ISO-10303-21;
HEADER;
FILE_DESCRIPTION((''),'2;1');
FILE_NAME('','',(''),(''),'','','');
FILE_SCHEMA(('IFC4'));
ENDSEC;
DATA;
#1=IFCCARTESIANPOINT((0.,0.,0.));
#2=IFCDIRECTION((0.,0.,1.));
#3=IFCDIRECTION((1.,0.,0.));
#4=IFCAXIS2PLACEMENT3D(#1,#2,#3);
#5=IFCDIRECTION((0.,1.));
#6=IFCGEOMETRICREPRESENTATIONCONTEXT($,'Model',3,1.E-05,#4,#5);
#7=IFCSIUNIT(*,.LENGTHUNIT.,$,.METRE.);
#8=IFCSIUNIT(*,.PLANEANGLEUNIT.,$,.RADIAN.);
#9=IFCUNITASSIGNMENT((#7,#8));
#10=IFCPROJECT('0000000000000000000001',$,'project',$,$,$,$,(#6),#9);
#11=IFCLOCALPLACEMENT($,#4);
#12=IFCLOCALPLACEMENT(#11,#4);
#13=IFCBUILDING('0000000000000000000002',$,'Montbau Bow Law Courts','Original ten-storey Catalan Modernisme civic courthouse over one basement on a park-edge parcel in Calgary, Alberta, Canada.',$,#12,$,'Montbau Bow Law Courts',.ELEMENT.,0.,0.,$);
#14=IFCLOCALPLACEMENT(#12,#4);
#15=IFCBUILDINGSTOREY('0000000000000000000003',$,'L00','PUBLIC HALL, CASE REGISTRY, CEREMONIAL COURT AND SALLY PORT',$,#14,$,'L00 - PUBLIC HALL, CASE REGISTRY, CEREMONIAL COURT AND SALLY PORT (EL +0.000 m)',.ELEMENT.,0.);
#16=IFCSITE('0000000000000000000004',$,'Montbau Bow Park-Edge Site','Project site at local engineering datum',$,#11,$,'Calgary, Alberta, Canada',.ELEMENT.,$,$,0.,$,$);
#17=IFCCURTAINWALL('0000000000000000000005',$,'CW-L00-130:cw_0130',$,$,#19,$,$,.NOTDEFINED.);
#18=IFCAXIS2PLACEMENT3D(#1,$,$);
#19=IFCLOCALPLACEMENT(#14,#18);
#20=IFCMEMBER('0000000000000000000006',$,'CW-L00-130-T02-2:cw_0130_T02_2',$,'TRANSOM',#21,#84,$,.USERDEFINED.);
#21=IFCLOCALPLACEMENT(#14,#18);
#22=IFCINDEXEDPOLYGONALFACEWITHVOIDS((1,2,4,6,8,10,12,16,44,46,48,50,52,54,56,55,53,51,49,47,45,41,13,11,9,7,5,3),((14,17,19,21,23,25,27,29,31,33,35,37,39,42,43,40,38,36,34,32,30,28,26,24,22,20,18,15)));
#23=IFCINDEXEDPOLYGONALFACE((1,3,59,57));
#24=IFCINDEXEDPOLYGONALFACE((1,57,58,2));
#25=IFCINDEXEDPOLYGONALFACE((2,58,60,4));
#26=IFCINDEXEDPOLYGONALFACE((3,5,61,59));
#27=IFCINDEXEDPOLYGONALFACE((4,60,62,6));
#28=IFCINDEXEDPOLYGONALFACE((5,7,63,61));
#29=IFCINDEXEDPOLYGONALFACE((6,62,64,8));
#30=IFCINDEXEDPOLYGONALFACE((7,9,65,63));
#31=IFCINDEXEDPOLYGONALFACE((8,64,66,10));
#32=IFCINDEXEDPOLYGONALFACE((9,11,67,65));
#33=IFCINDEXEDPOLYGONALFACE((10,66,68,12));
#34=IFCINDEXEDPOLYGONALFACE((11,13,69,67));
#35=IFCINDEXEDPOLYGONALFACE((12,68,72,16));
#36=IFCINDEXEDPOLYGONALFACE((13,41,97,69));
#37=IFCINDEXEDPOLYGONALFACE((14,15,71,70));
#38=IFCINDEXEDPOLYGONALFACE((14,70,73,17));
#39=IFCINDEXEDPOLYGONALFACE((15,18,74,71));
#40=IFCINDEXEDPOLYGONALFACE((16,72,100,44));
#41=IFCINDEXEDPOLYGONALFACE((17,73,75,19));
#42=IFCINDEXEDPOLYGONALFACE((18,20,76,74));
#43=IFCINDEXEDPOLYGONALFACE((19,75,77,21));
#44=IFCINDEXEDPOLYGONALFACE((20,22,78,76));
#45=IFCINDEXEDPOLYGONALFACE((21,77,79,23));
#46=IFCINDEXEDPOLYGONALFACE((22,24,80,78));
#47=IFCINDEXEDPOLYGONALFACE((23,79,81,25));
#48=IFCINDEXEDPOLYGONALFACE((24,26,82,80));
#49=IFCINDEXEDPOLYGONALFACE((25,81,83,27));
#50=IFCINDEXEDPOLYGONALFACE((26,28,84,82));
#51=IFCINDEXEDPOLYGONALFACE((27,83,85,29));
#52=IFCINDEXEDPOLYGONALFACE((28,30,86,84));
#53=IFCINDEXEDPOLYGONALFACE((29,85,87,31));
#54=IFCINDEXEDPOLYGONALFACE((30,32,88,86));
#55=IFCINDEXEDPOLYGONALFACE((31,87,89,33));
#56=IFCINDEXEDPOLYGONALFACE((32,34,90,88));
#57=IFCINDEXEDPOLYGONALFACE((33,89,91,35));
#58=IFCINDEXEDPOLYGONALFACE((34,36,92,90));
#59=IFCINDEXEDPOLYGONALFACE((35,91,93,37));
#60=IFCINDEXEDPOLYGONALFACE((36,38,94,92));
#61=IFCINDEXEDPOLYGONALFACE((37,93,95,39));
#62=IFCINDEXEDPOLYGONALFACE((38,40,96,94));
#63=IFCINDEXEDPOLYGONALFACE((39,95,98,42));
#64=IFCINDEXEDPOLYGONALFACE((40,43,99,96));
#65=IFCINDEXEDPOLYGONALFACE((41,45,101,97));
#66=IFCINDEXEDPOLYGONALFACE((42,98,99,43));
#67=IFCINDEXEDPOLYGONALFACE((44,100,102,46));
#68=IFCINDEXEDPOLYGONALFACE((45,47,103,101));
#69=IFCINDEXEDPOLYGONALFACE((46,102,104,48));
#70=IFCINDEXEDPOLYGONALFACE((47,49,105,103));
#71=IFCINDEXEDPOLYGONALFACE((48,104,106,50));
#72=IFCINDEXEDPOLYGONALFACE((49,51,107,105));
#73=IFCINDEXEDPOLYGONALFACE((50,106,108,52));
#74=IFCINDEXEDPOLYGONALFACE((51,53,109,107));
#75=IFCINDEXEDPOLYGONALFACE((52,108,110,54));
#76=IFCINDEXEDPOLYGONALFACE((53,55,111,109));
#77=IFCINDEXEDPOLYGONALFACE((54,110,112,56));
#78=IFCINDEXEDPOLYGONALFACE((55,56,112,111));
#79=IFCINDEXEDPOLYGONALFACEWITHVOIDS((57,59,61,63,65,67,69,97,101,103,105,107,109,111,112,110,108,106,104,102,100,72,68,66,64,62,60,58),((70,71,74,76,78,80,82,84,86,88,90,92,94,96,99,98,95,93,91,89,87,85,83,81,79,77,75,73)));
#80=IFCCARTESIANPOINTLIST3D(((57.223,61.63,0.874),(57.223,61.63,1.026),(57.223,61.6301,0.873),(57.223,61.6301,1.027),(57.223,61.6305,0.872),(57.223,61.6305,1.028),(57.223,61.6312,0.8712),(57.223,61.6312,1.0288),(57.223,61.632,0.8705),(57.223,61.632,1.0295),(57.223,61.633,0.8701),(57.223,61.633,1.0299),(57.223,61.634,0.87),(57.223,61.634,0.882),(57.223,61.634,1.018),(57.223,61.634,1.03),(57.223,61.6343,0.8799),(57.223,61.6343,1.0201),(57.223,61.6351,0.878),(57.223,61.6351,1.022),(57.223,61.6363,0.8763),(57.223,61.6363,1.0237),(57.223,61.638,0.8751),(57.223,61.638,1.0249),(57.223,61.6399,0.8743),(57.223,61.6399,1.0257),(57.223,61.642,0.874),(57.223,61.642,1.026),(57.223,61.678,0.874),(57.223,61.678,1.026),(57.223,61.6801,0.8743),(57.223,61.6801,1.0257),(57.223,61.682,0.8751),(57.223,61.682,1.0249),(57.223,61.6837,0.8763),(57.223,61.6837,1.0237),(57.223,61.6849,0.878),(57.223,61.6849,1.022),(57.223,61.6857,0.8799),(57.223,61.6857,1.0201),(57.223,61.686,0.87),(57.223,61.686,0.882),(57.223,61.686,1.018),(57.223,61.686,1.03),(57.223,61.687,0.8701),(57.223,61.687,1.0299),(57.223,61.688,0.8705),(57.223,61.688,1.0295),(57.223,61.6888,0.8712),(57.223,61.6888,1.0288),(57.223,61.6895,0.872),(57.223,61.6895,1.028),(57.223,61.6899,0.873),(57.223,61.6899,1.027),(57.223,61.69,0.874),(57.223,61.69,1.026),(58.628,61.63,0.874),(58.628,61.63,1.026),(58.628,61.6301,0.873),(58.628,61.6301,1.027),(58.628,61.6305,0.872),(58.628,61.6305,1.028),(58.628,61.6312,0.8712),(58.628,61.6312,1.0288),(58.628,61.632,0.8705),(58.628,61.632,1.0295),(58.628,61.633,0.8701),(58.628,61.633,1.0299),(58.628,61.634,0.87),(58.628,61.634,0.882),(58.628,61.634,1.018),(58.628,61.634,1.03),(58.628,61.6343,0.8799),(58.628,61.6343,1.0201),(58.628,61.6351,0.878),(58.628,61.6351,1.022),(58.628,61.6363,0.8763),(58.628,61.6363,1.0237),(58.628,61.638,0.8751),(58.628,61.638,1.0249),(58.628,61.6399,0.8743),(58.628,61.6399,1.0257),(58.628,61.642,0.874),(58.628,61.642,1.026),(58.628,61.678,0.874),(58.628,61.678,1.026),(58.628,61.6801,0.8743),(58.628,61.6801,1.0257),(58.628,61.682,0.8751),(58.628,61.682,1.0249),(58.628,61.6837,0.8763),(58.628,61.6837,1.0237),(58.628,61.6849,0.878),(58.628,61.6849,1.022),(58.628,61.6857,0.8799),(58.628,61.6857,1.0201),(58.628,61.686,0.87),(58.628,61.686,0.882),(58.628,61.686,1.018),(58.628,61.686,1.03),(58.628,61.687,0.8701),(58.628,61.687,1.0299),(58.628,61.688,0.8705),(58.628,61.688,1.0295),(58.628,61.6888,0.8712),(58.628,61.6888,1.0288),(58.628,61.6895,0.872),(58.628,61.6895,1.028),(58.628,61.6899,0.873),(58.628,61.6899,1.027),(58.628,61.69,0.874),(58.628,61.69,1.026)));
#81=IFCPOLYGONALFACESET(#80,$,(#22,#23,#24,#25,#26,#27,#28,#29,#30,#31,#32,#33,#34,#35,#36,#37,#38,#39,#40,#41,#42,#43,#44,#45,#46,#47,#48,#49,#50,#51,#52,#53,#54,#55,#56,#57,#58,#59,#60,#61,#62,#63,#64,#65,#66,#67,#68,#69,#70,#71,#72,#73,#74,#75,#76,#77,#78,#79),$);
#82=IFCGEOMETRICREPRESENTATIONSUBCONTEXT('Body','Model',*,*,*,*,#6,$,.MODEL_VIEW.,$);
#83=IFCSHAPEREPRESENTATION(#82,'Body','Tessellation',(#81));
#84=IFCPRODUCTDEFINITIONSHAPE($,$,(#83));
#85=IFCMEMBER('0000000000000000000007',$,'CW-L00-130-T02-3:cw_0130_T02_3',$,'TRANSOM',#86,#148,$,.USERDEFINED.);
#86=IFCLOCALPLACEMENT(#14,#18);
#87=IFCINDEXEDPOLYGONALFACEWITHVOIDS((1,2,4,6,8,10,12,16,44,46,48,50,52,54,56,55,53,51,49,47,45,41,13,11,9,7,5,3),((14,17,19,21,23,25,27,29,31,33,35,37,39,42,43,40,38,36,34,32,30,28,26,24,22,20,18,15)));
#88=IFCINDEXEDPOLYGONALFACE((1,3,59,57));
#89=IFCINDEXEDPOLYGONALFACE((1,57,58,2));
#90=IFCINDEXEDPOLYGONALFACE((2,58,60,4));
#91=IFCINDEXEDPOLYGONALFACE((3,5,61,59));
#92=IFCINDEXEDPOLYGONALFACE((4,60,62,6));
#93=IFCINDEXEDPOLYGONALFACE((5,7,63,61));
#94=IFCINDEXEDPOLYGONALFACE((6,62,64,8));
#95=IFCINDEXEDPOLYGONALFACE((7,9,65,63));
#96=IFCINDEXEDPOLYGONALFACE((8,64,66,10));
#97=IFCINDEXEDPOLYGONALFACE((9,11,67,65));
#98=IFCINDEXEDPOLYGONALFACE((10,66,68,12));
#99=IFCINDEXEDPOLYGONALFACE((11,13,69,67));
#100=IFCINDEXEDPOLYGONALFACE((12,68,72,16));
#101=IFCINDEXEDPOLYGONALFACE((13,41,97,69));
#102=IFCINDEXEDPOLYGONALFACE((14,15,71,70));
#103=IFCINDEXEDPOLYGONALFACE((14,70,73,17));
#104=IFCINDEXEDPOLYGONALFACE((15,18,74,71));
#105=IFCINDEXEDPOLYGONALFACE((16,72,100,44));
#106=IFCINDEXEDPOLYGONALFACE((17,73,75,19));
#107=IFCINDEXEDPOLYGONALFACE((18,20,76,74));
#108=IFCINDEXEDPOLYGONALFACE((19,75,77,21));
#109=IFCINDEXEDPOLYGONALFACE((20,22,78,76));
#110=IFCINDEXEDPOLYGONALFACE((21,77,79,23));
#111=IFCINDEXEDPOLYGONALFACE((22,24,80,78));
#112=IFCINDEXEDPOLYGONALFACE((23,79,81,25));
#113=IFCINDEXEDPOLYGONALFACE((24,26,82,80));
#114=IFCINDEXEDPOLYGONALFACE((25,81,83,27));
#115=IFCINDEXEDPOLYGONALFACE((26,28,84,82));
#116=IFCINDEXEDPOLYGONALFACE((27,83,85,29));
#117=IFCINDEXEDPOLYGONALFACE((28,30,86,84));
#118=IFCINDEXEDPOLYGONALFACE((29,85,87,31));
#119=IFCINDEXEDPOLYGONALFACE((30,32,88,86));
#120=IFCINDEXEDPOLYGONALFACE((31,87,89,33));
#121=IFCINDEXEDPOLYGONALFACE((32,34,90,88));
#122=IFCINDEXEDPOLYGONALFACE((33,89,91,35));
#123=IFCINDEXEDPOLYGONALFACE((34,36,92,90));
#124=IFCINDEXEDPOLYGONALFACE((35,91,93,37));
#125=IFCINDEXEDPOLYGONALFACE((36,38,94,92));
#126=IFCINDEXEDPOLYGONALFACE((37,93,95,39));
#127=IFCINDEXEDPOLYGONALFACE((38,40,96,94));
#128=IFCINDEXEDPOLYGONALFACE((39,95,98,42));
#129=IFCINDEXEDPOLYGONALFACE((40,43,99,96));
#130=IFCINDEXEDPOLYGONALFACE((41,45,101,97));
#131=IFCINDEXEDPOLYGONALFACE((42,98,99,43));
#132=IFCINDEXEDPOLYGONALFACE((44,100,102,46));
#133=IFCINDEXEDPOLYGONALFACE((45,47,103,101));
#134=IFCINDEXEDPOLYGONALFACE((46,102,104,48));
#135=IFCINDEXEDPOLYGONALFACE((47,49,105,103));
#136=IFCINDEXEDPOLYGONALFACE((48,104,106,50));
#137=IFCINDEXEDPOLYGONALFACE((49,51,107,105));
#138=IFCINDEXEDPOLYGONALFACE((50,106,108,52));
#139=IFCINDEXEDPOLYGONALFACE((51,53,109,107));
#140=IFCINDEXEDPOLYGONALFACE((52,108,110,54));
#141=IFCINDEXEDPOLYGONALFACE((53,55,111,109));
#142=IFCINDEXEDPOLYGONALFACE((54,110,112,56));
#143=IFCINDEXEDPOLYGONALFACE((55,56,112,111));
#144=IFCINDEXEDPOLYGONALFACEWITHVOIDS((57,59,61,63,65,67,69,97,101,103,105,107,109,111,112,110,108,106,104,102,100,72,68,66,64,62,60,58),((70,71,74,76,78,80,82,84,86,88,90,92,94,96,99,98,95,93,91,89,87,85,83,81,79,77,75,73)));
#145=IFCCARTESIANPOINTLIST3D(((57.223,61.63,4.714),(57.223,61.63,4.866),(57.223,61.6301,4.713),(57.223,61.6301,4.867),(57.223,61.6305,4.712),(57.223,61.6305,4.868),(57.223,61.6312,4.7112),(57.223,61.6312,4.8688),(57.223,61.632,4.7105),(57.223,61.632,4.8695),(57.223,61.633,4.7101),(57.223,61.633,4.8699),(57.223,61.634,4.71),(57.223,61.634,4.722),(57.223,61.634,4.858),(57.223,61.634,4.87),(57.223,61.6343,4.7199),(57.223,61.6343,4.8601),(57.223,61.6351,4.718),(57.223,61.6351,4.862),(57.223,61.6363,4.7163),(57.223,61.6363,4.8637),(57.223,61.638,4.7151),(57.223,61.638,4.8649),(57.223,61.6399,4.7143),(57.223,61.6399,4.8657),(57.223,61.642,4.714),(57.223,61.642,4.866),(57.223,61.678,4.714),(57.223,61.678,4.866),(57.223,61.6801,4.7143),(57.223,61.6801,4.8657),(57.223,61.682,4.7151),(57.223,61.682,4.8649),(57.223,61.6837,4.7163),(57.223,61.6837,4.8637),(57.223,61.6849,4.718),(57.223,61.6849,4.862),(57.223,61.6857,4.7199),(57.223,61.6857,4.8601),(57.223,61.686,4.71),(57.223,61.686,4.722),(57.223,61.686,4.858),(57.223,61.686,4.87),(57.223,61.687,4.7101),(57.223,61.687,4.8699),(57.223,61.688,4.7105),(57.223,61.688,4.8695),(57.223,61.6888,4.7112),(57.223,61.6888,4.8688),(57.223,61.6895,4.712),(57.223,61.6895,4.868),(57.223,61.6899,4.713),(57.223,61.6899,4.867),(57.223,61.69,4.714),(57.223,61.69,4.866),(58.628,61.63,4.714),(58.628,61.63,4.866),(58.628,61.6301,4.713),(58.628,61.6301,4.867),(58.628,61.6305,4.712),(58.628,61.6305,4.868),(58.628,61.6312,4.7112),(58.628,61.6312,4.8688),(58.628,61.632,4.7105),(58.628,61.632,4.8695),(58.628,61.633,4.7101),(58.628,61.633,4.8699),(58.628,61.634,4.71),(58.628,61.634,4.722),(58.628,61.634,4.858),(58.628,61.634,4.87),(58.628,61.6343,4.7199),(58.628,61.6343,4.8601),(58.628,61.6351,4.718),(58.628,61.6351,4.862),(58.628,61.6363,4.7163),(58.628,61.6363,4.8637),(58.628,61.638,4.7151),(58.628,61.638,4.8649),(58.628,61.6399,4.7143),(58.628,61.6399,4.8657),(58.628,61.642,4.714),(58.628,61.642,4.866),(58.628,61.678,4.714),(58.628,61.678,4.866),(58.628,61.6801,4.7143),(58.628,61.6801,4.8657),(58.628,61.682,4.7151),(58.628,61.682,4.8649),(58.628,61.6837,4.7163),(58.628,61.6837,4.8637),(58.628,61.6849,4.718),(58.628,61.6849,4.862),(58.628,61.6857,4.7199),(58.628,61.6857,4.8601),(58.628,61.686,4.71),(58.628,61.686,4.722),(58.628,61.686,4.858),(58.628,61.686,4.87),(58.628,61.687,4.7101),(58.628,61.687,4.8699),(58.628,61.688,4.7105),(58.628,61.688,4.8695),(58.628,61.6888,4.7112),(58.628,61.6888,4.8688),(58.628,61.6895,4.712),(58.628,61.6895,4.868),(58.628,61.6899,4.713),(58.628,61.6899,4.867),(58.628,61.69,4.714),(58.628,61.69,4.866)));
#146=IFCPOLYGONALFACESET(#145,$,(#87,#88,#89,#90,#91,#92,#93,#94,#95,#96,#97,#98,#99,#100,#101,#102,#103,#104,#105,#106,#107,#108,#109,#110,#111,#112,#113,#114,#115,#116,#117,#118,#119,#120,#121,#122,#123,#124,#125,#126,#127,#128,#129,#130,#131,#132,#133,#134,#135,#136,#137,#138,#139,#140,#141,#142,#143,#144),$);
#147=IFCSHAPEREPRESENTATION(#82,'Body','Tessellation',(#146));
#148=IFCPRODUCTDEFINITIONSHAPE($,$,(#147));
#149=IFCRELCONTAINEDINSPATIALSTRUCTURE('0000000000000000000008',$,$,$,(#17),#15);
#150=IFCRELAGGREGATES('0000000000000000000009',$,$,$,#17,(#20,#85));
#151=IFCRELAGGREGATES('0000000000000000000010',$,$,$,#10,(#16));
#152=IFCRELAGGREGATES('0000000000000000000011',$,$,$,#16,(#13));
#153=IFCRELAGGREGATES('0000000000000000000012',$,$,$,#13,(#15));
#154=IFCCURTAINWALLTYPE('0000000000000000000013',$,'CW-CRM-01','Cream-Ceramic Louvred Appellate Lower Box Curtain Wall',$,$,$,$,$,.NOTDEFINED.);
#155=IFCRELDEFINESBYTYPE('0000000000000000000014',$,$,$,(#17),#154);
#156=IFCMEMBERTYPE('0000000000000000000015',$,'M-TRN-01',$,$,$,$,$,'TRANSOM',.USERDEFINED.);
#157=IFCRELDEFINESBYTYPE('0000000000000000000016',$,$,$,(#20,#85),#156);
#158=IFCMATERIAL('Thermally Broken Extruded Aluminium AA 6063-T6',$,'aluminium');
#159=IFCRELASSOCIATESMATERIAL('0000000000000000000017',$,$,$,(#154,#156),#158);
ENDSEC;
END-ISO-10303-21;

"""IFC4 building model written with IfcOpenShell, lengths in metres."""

from ifc_helpers import new_model, si_unit, direction, frame, origin_with_axes, origin_2d_with_axis, place, context, subcontext, project, spatial, hollow_rectangle, extrude, material, material_profile, profile_set, type_object, element, aggregate, save


model = new_model("IFC4")

# Units and contexts
model_context = context("Model", 3, precision=1e-05, world=origin_with_axes(), true_north=direction((0.0, 1.0)))
body_context = subcontext(model_context, "Body", "Model", "MODEL_VIEW")
ifc_project = project(units=[si_unit("LENGTHUNIT", "METRE"), si_unit("PLANEANGLEUNIT", "RADIAN")], contexts=[model_context])

# Site, building, storey
site_placement = place(None, origin_with_axes())
site = spatial("IfcSite", under=ifc_project, at=site_placement, Name="Montbau Bow Park-Edge Site", Description="Project site at local engineering datum", LongName="Calgary, Alberta, Canada", CompositionType="ELEMENT", RefElevation=0.0)
building_placement = place(site_placement, origin_with_axes())
building = spatial("IfcBuilding", under=site, at=building_placement, Name="Montbau Bow Law Courts", Description="Original ten-storey Catalan Modernisme civic courthouse over one basement on a park-edge parcel in Calgary, Alberta, Canada.", LongName="Montbau Bow Law Courts", CompositionType="ELEMENT", ElevationOfRefHeight=0.0, ElevationOfTerrain=0.0)
storey_placement = place(building_placement, origin_with_axes())
storey = spatial("IfcBuildingStorey", under=building, at=storey_placement, Name="L00", Description="PUBLIC HALL, CASE REGISTRY, CEREMONIAL COURT AND SALLY PORT", LongName="L00 - PUBLIC HALL, CASE REGISTRY, CEREMONIAL COURT AND SALLY PORT (EL +0.000 m)", CompositionType="ELEMENT", Elevation=0.0)

# Curtain wall, members
ifc_material_1 = material(Name="Thermally Broken Extruded Aluminium AA 6063-T6", Category="aluminium")
curtain_wall_type = type_object("IfcCurtainWallType", Name="CW-CRM-01", Description="Cream-Ceramic Louvred Appellate Lower Box Curtain Wall", PredefinedType="NOTDEFINED", material=ifc_material_1)
curtain_wall_placement = place(None, frame((55.715, 61.66, 0.0), z_axis=(0.0, 0.0, 1.0), x_axis=(1.0, 0.0, 0.0)))
curtain_wall = element("IfcCurtainWall", 1, at=curtain_wall_placement, inside=storey, type_object=curtain_wall_type, Name="CW-L00-130:cw_0130", PredefinedType="NOTDEFINED")
ifc_material_profile_1 = material_profile(ifc_material_1, hollow_rectangle(XDim=0.06, YDim=0.16, WallThickness=0.004, InnerFilletRadius=0.008, OuterFilletRadius=0.004, at=origin_2d_with_axis()), Name="CWT-160X60", Category="Main", Priority=0)
ifc_profile_set_1 = profile_set([ifc_material_profile_1], Name="Thermally Broken Extruded Aluminium AA 6063-T6")
member_type_1 = type_object("IfcMemberType", Name="M-TRN-01", ElementType="TRANSOM", PredefinedType="USERDEFINED", material=ifc_profile_set_1)
member_1_placement = place(None, frame((57.223, 61.66, 0.95), z_axis=(1.0, 0.0, 0.0), x_axis=(0.0, 1.0, 0.0)))
member_1 = element("IfcMember", 2, at=member_1_placement, type_object=member_type_1, Name="CW-L00-130-T02-2:cw_0130_T02_2", ObjectType="TRANSOM", PredefinedType="USERDEFINED", context=body_context, shape_type="SweptSolid", body=[
    extrude(hollow_rectangle(XDim=0.06, YDim=0.16, WallThickness=0.004, InnerFilletRadius=0.008, OuterFilletRadius=0.004, at=origin_2d_with_axis()), origin_with_axes(), (0.0, 0.0, 1.0), 1.405),
])
member_2_placement = place(None, frame((57.223, 61.66, 4.79), z_axis=(1.0, 0.0, 0.0), x_axis=(0.0, 1.0, 0.0)))
member_2 = element("IfcMember", 3, at=member_2_placement, type_object=member_type_1, Name="CW-L00-130-T02-3:cw_0130_T02_3", ObjectType="TRANSOM", PredefinedType="USERDEFINED", context=body_context, shape_type="SweptSolid", body=[
    extrude(hollow_rectangle(XDim=0.06, YDim=0.16, WallThickness=0.004, InnerFilletRadius=0.008, OuterFilletRadius=0.004, at=origin_2d_with_axis()), origin_with_axes(), (0.0, 0.0, 1.0), 1.405),
])
aggregate(curtain_wall, [member_1, member_2])

save(model, "model.ifc")
